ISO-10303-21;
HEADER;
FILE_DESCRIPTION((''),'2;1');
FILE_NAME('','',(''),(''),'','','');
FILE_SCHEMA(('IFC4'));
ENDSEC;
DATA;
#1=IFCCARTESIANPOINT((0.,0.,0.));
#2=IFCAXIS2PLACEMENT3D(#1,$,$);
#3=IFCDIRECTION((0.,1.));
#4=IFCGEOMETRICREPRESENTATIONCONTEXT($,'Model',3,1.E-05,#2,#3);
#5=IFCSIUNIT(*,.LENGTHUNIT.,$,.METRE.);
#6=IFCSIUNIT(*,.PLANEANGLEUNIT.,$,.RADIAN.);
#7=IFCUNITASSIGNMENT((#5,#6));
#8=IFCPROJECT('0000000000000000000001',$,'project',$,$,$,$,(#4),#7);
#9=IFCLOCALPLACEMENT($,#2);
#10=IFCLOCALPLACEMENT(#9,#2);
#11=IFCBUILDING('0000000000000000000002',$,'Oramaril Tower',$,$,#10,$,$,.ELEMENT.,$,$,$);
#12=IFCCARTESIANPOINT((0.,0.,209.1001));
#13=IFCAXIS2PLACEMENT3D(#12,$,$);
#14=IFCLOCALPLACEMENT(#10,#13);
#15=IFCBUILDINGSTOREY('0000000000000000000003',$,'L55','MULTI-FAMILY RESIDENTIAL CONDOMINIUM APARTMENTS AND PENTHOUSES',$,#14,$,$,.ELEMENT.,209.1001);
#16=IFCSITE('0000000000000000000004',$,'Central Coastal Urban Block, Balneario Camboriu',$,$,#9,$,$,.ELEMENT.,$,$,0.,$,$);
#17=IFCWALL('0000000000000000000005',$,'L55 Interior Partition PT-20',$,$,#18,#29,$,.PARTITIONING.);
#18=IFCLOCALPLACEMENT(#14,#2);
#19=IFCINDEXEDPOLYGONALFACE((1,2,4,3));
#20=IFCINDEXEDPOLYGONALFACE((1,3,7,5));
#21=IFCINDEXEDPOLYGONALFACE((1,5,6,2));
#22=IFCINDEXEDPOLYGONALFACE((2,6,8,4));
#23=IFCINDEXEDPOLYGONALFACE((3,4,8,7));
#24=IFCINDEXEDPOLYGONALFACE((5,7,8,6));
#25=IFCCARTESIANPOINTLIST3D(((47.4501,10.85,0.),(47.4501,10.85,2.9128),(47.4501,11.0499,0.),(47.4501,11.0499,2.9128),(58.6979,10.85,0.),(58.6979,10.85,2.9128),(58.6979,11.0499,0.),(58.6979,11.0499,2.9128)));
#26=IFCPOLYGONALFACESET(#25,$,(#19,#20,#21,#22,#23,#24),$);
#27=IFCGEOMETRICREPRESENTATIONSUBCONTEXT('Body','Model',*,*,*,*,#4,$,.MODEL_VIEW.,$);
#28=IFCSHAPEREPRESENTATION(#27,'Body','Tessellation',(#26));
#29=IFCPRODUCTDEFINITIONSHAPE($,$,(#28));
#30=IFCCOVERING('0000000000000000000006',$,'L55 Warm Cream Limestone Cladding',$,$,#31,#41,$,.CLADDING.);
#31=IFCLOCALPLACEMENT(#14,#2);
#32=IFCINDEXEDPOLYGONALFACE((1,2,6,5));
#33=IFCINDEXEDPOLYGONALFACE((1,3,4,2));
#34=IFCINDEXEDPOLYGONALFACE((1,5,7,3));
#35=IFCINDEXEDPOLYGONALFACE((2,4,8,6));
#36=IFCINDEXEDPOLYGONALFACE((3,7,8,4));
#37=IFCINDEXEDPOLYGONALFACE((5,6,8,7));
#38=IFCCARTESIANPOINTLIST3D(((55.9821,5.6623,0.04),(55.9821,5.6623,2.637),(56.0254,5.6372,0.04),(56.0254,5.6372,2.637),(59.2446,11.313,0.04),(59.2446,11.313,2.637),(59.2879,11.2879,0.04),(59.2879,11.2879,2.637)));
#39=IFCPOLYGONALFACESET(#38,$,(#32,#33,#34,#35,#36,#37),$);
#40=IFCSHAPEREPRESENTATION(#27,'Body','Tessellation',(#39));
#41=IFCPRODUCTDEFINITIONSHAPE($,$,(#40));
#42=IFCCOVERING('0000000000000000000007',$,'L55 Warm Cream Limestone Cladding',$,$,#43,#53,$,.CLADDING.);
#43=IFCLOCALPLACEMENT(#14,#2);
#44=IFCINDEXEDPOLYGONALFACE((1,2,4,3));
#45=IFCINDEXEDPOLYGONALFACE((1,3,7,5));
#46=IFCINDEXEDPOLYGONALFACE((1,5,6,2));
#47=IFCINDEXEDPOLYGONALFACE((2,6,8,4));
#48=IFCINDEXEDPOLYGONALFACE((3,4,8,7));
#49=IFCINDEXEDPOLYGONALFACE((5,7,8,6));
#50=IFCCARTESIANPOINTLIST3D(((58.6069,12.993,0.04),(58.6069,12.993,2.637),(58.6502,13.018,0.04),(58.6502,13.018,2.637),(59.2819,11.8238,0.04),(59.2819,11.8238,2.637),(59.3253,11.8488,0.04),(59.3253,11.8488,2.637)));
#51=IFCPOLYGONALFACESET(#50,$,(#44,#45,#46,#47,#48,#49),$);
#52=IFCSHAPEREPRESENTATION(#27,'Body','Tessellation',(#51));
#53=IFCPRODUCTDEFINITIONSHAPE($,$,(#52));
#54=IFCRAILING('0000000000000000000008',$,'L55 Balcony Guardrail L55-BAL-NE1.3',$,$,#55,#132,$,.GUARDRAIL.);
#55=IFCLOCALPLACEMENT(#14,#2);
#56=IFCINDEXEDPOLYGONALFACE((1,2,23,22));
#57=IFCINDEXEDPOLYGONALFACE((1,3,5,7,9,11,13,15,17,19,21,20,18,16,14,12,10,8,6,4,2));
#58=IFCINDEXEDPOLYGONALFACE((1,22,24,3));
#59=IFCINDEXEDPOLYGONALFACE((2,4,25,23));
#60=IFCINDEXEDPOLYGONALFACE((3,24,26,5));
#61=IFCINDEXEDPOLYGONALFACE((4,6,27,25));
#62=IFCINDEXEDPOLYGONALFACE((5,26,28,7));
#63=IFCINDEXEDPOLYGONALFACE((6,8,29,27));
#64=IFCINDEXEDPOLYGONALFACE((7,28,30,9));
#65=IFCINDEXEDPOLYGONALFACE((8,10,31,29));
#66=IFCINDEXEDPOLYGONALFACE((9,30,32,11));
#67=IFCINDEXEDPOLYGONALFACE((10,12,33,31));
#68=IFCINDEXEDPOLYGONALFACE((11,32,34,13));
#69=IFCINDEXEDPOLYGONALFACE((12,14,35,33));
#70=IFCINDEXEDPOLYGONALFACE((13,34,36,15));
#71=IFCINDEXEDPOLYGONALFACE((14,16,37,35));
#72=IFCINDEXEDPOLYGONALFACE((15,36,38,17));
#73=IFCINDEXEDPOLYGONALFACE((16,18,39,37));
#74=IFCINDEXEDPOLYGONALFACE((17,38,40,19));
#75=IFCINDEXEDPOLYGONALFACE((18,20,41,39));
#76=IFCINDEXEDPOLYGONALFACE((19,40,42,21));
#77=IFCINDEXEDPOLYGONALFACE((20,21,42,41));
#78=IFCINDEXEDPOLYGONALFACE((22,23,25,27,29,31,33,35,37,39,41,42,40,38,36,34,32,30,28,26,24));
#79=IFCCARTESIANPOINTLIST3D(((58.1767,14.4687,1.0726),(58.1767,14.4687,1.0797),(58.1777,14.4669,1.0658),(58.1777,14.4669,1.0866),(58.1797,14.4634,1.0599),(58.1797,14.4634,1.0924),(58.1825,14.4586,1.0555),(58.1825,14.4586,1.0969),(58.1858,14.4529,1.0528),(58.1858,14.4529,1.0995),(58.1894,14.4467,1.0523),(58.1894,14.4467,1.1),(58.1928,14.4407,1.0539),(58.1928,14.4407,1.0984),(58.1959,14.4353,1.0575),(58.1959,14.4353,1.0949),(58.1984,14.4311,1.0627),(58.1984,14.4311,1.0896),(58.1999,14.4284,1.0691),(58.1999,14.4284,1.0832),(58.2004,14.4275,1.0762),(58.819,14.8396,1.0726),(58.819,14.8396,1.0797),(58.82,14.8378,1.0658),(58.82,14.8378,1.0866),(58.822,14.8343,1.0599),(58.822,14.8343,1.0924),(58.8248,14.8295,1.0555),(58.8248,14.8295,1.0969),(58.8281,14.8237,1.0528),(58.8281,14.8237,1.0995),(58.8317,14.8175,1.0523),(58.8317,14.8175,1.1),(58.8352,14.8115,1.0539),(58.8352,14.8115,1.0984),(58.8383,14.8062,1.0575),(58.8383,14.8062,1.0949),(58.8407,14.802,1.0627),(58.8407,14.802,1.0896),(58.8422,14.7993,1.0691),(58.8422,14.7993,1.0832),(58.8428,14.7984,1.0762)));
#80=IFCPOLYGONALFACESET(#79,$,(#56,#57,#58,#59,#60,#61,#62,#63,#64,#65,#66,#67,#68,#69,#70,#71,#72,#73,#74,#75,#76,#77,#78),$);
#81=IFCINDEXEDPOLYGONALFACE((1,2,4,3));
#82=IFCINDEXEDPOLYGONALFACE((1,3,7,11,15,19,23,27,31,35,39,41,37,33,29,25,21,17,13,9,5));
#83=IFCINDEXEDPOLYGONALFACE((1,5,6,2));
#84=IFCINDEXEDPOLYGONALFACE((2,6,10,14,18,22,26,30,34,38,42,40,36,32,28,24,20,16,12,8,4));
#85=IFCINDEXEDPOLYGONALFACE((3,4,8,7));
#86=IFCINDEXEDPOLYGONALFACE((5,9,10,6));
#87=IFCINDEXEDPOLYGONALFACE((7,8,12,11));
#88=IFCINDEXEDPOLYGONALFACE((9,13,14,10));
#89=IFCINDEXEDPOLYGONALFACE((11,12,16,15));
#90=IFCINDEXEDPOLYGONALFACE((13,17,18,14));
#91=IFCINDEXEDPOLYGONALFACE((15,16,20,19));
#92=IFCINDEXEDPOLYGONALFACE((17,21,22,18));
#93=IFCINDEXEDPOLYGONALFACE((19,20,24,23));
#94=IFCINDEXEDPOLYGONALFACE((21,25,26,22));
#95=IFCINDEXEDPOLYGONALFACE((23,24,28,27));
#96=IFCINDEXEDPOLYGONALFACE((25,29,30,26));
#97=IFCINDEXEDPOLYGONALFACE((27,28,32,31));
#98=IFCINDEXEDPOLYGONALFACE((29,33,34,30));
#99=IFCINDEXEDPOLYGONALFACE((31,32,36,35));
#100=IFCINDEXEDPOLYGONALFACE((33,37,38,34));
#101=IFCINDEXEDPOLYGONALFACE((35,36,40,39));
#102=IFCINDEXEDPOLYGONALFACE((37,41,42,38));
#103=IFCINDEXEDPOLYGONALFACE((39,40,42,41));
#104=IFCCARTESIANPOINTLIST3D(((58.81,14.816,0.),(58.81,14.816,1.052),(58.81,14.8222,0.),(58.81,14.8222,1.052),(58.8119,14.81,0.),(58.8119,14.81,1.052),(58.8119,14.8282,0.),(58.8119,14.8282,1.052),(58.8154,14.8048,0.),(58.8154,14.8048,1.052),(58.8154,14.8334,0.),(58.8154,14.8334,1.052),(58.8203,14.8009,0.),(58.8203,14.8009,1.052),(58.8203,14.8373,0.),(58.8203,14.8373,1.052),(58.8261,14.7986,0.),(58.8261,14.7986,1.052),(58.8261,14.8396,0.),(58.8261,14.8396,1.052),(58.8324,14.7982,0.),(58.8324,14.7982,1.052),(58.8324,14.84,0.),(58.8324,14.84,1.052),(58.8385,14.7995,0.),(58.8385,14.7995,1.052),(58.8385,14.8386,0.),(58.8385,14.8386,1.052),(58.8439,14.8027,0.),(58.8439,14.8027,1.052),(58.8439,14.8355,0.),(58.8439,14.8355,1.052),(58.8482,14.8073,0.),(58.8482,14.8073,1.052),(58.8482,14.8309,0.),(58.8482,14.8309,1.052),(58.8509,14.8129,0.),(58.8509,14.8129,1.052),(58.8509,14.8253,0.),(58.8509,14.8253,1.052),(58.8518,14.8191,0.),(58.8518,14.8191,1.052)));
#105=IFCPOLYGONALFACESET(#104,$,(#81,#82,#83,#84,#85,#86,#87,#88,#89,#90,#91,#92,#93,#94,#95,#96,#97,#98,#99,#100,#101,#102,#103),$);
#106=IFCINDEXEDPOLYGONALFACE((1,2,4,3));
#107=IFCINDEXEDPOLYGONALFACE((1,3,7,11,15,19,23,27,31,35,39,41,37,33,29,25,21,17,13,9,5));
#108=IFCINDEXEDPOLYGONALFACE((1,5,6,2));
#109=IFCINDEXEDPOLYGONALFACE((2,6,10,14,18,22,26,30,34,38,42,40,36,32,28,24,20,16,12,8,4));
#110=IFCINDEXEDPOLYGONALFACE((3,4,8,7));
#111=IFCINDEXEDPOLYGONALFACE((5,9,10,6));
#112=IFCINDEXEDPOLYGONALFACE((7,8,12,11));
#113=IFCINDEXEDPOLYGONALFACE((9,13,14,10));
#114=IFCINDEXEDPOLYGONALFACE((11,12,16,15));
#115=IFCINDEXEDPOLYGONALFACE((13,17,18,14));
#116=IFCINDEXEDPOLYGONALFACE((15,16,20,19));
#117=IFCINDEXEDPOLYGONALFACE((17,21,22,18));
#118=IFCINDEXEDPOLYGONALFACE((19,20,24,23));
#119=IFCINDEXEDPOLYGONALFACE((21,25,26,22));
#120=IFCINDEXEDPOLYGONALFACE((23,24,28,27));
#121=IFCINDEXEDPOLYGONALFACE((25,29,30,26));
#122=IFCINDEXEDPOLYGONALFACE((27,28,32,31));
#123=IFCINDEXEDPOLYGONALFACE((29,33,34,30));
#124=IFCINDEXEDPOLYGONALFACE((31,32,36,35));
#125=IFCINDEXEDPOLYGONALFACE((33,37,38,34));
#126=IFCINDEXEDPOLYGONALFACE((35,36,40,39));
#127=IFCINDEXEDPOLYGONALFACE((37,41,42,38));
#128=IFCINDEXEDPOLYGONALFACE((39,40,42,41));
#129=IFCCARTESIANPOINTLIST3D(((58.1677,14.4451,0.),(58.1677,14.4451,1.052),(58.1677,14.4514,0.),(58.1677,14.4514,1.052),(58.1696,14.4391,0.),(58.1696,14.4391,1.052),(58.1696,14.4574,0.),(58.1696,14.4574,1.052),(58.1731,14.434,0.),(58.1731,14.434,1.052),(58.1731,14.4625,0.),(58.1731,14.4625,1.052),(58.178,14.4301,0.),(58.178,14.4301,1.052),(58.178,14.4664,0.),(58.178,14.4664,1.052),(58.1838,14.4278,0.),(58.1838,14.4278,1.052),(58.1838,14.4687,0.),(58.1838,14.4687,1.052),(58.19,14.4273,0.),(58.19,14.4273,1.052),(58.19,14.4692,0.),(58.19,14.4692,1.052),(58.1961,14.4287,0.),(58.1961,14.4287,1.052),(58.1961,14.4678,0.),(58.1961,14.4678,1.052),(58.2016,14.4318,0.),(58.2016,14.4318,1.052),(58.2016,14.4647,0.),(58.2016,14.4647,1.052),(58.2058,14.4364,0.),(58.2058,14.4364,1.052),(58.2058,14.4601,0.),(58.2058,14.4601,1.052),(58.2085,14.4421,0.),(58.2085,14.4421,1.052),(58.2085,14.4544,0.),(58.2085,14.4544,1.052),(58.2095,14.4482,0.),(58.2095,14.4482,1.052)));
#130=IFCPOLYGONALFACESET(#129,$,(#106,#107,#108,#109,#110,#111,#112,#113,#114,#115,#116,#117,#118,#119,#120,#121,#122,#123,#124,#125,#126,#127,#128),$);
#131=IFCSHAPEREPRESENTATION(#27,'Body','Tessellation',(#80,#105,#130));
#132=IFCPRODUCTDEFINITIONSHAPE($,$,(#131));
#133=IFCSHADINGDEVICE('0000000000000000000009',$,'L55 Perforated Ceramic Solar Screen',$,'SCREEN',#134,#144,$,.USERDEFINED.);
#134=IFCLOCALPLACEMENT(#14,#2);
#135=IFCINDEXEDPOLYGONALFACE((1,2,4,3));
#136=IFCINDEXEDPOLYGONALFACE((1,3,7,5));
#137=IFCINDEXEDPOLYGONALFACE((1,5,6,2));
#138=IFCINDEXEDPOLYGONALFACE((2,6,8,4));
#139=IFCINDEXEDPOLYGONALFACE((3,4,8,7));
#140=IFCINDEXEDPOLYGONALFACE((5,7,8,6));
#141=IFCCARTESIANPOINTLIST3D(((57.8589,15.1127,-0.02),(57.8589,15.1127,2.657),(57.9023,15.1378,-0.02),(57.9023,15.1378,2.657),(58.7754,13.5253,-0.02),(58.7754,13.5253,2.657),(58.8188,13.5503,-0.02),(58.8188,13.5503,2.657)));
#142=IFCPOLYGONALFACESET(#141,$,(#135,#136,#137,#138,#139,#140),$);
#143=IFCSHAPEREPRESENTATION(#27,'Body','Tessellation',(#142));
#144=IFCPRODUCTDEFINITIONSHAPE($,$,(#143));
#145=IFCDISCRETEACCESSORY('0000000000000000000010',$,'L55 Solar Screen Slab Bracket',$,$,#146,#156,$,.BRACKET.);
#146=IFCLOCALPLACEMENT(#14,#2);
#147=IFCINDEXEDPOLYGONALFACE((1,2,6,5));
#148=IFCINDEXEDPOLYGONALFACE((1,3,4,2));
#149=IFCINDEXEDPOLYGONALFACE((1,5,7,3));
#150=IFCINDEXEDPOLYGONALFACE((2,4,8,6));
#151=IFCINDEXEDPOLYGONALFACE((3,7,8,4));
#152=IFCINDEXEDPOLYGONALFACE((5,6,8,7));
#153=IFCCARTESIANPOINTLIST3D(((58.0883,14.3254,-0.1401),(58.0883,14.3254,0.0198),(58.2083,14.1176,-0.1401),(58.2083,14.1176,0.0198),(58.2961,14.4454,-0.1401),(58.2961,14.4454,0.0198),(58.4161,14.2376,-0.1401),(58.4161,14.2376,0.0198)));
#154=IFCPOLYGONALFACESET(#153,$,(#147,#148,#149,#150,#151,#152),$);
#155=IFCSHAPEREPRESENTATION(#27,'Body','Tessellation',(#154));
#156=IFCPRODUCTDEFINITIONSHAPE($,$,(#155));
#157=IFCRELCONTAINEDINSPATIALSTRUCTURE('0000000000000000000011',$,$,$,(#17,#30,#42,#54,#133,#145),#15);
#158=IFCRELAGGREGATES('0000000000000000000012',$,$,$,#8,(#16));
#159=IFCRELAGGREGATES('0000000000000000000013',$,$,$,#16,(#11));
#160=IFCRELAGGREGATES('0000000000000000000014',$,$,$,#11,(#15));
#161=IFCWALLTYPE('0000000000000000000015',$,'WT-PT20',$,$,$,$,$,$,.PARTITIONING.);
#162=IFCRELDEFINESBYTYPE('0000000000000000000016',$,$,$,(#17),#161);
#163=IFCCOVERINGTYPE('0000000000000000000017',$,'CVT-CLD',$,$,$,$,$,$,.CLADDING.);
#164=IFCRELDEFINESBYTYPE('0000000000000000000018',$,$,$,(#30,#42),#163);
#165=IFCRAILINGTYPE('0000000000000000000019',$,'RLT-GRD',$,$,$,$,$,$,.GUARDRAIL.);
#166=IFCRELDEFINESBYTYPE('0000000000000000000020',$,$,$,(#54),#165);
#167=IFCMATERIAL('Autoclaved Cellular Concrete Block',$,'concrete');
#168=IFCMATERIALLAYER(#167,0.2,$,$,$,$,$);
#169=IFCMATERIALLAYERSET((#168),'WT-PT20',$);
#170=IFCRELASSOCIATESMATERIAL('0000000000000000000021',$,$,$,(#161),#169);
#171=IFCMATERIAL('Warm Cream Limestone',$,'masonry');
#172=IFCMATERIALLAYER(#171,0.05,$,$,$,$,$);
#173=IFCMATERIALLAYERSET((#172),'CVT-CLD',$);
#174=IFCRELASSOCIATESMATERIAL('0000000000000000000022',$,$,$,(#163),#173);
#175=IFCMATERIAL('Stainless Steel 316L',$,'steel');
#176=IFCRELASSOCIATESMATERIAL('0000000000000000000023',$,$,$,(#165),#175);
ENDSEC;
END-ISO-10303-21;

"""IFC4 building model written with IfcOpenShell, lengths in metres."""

from ifc_helpers import new_model, si_unit, direction, frame, frame_2d, origin, origin_2d, place, context, subcontext, project, spatial, rectangle, circle, extrude, material, layer, layer_set, type_object, element, save


model = new_model("IFC4")

# Units and contexts
model_context = context("Model", 3, precision=1e-05, world=origin(), true_north=direction((0.0, 1.0)))
body_context = subcontext(model_context, "Body", "Model", "MODEL_VIEW")
ifc_project = project(units=[si_unit("LENGTHUNIT", "METRE"), si_unit("PLANEANGLEUNIT", "RADIAN")], contexts=[model_context])

# Site, building, storey
site_placement = place(None, origin())
site = spatial("IfcSite", under=ifc_project, at=site_placement, Name="Central Coastal Urban Block, Balneario Camboriu", CompositionType="ELEMENT", RefElevation=0.0)
building_placement = place(site_placement, origin())
building = spatial("IfcBuilding", under=site, at=building_placement, Name="Oramaril Tower", CompositionType="ELEMENT")
storey_placement = place(building_placement, frame((0.0, 0.0, 209.1001)))
storey = spatial("IfcBuildingStorey", under=building, at=storey_placement, Name="L55", Description="MULTI-FAMILY RESIDENTIAL CONDOMINIUM APARTMENTS AND PENTHOUSES", CompositionType="ELEMENT", Elevation=209.1001)

# Wall
ifc_material_1 = material(Name="Autoclaved Cellular Concrete Block", Category="concrete")
ifc_layer_1 = layer(ifc_material_1, 0.2)
ifc_layer_set_1 = layer_set([ifc_layer_1], Name="WT-PT20")
wall_type_1 = type_object("IfcWallType", Name="WT-PT20", PredefinedType="PARTITIONING", material=ifc_layer_set_1)
wall_1_placement = place(storey_placement, frame((47.45, 10.95, 0.0), z_axis=(0.0, 0.0, 1.0), x_axis=(1.0, 0.0, 0.0)))
element("IfcWall", 1, at=wall_1_placement, inside=storey, type_object=wall_type_1, Name="L55 Interior Partition PT-20", PredefinedType="PARTITIONING", context=body_context, shape_type="SweptSolid", body=[
    extrude(rectangle(XDim=11.2478, YDim=0.2, at=frame_2d((5.624, 0.0))), origin(), (0.0, 0.0, 1.0), 2.9128),
])

# Coverings
ifc_material_2 = material(Name="Warm Cream Limestone", Category="masonry")
ifc_layer_2 = layer(ifc_material_2, 0.05)
ifc_layer_set_2 = layer_set([ifc_layer_2], Name="CVT-CLD")
covering_type = type_object("IfcCoveringType", Name="CVT-CLD", PredefinedType="CLADDING", material=ifc_layer_set_2)
covering_1_placement = place(storey_placement, frame((57.635, 8.4751, 0.04), z_axis=(0.0, 0.0, 1.0), x_axis=(0.500003, 0.866024, 0.0)))
element("IfcCovering", 2, at=covering_1_placement, inside=storey, type_object=covering_type, Name="L55 Warm Cream Limestone Cladding", PredefinedType="CLADDING", context=body_context, shape_type="SweptSolid", body=[
    extrude(rectangle(XDim=6.5249, YDim=0.05, at=origin_2d()), origin(), (0.0, 0.0, 1.0), 2.5969),
])
covering_2_placement = place(storey_placement, frame((58.9661, 12.4209, 0.04), z_axis=(0.0, 0.0, 1.0), x_axis=(-0.500002, 0.866025, 0.0)))
element("IfcCovering", 3, at=covering_2_placement, inside=storey, type_object=covering_type, Name="L55 Warm Cream Limestone Cladding", PredefinedType="CLADDING", context=body_context, shape_type="SweptSolid", body=[
    extrude(rectangle(XDim=1.3501, YDim=0.05, at=origin_2d()), origin(), (0.0, 0.0, 1.0), 2.5969),
])

# Railing
ifc_material_3 = material(Name="Stainless Steel 316L", Category="steel")
railing_type = type_object("IfcRailingType", Name="RLT-GRD", PredefinedType="GUARDRAIL", material=ifc_material_3)
railing_placement = place(storey_placement, frame((58.8308, 14.8191, 0.0)))
element("IfcRailing", 4, at=railing_placement, inside=storey, type_object=railing_type, Name="L55 Balcony Guardrail L55-BAL-NE1.3", PredefinedType="GUARDRAIL", context=body_context, shape_type="SweptSolid", body=[
    extrude(circle(Radius=0.0239, at=origin_2d()), frame((0.0, 0.0, 1.0762), z_axis=(-0.866027, -0.499998, 0.0), x_axis=(0.499998, -0.866027, 0.0)), (0.0, 0.0, 1.0), 0.7417),
    extrude(circle(Radius=0.021, at=origin_2d()), origin(), (0.0, 0.0, 1.0), 1.052),
    extrude(circle(Radius=0.021, at=origin_2d()), frame((-0.6423, -0.3708, 0.0)), (0.0, 0.0, 1.0), 1.052),
])

# Shading device
shading_device_placement = place(storey_placement, frame((58.3389, 14.3315, -0.02), z_axis=(0.0, 0.0, 1.0), x_axis=(-0.500002, 0.866025, 0.0)))
element("IfcShadingDevice", 5, at=shading_device_placement, inside=storey, Name="L55 Perforated Ceramic Solar Screen", ObjectType="SCREEN", PredefinedType="USERDEFINED", context=body_context, shape_type="SweptSolid", body=[
    extrude(rectangle(XDim=1.833, YDim=0.05, at=origin_2d()), origin(), (0.0, 0.0, 1.0), 2.677),
])

# Discrete accessory
discrete_accessory_placement = place(storey_placement, frame((58.2522, 14.2815, -0.1401), z_axis=(0.0, 0.0, 1.0), x_axis=(-0.500002, 0.866025, 0.0)))
element("IfcDiscreteAccessory", 6, at=discrete_accessory_placement, inside=storey, Name="L55 Solar Screen Slab Bracket", PredefinedType="BRACKET", context=body_context, shape_type="SweptSolid", body=[
    extrude(rectangle(XDim=0.24, YDim=0.24, at=origin_2d()), origin(), (0.0, 0.0, 1.0), 0.1599),
])

save(model, "model.ifc")
